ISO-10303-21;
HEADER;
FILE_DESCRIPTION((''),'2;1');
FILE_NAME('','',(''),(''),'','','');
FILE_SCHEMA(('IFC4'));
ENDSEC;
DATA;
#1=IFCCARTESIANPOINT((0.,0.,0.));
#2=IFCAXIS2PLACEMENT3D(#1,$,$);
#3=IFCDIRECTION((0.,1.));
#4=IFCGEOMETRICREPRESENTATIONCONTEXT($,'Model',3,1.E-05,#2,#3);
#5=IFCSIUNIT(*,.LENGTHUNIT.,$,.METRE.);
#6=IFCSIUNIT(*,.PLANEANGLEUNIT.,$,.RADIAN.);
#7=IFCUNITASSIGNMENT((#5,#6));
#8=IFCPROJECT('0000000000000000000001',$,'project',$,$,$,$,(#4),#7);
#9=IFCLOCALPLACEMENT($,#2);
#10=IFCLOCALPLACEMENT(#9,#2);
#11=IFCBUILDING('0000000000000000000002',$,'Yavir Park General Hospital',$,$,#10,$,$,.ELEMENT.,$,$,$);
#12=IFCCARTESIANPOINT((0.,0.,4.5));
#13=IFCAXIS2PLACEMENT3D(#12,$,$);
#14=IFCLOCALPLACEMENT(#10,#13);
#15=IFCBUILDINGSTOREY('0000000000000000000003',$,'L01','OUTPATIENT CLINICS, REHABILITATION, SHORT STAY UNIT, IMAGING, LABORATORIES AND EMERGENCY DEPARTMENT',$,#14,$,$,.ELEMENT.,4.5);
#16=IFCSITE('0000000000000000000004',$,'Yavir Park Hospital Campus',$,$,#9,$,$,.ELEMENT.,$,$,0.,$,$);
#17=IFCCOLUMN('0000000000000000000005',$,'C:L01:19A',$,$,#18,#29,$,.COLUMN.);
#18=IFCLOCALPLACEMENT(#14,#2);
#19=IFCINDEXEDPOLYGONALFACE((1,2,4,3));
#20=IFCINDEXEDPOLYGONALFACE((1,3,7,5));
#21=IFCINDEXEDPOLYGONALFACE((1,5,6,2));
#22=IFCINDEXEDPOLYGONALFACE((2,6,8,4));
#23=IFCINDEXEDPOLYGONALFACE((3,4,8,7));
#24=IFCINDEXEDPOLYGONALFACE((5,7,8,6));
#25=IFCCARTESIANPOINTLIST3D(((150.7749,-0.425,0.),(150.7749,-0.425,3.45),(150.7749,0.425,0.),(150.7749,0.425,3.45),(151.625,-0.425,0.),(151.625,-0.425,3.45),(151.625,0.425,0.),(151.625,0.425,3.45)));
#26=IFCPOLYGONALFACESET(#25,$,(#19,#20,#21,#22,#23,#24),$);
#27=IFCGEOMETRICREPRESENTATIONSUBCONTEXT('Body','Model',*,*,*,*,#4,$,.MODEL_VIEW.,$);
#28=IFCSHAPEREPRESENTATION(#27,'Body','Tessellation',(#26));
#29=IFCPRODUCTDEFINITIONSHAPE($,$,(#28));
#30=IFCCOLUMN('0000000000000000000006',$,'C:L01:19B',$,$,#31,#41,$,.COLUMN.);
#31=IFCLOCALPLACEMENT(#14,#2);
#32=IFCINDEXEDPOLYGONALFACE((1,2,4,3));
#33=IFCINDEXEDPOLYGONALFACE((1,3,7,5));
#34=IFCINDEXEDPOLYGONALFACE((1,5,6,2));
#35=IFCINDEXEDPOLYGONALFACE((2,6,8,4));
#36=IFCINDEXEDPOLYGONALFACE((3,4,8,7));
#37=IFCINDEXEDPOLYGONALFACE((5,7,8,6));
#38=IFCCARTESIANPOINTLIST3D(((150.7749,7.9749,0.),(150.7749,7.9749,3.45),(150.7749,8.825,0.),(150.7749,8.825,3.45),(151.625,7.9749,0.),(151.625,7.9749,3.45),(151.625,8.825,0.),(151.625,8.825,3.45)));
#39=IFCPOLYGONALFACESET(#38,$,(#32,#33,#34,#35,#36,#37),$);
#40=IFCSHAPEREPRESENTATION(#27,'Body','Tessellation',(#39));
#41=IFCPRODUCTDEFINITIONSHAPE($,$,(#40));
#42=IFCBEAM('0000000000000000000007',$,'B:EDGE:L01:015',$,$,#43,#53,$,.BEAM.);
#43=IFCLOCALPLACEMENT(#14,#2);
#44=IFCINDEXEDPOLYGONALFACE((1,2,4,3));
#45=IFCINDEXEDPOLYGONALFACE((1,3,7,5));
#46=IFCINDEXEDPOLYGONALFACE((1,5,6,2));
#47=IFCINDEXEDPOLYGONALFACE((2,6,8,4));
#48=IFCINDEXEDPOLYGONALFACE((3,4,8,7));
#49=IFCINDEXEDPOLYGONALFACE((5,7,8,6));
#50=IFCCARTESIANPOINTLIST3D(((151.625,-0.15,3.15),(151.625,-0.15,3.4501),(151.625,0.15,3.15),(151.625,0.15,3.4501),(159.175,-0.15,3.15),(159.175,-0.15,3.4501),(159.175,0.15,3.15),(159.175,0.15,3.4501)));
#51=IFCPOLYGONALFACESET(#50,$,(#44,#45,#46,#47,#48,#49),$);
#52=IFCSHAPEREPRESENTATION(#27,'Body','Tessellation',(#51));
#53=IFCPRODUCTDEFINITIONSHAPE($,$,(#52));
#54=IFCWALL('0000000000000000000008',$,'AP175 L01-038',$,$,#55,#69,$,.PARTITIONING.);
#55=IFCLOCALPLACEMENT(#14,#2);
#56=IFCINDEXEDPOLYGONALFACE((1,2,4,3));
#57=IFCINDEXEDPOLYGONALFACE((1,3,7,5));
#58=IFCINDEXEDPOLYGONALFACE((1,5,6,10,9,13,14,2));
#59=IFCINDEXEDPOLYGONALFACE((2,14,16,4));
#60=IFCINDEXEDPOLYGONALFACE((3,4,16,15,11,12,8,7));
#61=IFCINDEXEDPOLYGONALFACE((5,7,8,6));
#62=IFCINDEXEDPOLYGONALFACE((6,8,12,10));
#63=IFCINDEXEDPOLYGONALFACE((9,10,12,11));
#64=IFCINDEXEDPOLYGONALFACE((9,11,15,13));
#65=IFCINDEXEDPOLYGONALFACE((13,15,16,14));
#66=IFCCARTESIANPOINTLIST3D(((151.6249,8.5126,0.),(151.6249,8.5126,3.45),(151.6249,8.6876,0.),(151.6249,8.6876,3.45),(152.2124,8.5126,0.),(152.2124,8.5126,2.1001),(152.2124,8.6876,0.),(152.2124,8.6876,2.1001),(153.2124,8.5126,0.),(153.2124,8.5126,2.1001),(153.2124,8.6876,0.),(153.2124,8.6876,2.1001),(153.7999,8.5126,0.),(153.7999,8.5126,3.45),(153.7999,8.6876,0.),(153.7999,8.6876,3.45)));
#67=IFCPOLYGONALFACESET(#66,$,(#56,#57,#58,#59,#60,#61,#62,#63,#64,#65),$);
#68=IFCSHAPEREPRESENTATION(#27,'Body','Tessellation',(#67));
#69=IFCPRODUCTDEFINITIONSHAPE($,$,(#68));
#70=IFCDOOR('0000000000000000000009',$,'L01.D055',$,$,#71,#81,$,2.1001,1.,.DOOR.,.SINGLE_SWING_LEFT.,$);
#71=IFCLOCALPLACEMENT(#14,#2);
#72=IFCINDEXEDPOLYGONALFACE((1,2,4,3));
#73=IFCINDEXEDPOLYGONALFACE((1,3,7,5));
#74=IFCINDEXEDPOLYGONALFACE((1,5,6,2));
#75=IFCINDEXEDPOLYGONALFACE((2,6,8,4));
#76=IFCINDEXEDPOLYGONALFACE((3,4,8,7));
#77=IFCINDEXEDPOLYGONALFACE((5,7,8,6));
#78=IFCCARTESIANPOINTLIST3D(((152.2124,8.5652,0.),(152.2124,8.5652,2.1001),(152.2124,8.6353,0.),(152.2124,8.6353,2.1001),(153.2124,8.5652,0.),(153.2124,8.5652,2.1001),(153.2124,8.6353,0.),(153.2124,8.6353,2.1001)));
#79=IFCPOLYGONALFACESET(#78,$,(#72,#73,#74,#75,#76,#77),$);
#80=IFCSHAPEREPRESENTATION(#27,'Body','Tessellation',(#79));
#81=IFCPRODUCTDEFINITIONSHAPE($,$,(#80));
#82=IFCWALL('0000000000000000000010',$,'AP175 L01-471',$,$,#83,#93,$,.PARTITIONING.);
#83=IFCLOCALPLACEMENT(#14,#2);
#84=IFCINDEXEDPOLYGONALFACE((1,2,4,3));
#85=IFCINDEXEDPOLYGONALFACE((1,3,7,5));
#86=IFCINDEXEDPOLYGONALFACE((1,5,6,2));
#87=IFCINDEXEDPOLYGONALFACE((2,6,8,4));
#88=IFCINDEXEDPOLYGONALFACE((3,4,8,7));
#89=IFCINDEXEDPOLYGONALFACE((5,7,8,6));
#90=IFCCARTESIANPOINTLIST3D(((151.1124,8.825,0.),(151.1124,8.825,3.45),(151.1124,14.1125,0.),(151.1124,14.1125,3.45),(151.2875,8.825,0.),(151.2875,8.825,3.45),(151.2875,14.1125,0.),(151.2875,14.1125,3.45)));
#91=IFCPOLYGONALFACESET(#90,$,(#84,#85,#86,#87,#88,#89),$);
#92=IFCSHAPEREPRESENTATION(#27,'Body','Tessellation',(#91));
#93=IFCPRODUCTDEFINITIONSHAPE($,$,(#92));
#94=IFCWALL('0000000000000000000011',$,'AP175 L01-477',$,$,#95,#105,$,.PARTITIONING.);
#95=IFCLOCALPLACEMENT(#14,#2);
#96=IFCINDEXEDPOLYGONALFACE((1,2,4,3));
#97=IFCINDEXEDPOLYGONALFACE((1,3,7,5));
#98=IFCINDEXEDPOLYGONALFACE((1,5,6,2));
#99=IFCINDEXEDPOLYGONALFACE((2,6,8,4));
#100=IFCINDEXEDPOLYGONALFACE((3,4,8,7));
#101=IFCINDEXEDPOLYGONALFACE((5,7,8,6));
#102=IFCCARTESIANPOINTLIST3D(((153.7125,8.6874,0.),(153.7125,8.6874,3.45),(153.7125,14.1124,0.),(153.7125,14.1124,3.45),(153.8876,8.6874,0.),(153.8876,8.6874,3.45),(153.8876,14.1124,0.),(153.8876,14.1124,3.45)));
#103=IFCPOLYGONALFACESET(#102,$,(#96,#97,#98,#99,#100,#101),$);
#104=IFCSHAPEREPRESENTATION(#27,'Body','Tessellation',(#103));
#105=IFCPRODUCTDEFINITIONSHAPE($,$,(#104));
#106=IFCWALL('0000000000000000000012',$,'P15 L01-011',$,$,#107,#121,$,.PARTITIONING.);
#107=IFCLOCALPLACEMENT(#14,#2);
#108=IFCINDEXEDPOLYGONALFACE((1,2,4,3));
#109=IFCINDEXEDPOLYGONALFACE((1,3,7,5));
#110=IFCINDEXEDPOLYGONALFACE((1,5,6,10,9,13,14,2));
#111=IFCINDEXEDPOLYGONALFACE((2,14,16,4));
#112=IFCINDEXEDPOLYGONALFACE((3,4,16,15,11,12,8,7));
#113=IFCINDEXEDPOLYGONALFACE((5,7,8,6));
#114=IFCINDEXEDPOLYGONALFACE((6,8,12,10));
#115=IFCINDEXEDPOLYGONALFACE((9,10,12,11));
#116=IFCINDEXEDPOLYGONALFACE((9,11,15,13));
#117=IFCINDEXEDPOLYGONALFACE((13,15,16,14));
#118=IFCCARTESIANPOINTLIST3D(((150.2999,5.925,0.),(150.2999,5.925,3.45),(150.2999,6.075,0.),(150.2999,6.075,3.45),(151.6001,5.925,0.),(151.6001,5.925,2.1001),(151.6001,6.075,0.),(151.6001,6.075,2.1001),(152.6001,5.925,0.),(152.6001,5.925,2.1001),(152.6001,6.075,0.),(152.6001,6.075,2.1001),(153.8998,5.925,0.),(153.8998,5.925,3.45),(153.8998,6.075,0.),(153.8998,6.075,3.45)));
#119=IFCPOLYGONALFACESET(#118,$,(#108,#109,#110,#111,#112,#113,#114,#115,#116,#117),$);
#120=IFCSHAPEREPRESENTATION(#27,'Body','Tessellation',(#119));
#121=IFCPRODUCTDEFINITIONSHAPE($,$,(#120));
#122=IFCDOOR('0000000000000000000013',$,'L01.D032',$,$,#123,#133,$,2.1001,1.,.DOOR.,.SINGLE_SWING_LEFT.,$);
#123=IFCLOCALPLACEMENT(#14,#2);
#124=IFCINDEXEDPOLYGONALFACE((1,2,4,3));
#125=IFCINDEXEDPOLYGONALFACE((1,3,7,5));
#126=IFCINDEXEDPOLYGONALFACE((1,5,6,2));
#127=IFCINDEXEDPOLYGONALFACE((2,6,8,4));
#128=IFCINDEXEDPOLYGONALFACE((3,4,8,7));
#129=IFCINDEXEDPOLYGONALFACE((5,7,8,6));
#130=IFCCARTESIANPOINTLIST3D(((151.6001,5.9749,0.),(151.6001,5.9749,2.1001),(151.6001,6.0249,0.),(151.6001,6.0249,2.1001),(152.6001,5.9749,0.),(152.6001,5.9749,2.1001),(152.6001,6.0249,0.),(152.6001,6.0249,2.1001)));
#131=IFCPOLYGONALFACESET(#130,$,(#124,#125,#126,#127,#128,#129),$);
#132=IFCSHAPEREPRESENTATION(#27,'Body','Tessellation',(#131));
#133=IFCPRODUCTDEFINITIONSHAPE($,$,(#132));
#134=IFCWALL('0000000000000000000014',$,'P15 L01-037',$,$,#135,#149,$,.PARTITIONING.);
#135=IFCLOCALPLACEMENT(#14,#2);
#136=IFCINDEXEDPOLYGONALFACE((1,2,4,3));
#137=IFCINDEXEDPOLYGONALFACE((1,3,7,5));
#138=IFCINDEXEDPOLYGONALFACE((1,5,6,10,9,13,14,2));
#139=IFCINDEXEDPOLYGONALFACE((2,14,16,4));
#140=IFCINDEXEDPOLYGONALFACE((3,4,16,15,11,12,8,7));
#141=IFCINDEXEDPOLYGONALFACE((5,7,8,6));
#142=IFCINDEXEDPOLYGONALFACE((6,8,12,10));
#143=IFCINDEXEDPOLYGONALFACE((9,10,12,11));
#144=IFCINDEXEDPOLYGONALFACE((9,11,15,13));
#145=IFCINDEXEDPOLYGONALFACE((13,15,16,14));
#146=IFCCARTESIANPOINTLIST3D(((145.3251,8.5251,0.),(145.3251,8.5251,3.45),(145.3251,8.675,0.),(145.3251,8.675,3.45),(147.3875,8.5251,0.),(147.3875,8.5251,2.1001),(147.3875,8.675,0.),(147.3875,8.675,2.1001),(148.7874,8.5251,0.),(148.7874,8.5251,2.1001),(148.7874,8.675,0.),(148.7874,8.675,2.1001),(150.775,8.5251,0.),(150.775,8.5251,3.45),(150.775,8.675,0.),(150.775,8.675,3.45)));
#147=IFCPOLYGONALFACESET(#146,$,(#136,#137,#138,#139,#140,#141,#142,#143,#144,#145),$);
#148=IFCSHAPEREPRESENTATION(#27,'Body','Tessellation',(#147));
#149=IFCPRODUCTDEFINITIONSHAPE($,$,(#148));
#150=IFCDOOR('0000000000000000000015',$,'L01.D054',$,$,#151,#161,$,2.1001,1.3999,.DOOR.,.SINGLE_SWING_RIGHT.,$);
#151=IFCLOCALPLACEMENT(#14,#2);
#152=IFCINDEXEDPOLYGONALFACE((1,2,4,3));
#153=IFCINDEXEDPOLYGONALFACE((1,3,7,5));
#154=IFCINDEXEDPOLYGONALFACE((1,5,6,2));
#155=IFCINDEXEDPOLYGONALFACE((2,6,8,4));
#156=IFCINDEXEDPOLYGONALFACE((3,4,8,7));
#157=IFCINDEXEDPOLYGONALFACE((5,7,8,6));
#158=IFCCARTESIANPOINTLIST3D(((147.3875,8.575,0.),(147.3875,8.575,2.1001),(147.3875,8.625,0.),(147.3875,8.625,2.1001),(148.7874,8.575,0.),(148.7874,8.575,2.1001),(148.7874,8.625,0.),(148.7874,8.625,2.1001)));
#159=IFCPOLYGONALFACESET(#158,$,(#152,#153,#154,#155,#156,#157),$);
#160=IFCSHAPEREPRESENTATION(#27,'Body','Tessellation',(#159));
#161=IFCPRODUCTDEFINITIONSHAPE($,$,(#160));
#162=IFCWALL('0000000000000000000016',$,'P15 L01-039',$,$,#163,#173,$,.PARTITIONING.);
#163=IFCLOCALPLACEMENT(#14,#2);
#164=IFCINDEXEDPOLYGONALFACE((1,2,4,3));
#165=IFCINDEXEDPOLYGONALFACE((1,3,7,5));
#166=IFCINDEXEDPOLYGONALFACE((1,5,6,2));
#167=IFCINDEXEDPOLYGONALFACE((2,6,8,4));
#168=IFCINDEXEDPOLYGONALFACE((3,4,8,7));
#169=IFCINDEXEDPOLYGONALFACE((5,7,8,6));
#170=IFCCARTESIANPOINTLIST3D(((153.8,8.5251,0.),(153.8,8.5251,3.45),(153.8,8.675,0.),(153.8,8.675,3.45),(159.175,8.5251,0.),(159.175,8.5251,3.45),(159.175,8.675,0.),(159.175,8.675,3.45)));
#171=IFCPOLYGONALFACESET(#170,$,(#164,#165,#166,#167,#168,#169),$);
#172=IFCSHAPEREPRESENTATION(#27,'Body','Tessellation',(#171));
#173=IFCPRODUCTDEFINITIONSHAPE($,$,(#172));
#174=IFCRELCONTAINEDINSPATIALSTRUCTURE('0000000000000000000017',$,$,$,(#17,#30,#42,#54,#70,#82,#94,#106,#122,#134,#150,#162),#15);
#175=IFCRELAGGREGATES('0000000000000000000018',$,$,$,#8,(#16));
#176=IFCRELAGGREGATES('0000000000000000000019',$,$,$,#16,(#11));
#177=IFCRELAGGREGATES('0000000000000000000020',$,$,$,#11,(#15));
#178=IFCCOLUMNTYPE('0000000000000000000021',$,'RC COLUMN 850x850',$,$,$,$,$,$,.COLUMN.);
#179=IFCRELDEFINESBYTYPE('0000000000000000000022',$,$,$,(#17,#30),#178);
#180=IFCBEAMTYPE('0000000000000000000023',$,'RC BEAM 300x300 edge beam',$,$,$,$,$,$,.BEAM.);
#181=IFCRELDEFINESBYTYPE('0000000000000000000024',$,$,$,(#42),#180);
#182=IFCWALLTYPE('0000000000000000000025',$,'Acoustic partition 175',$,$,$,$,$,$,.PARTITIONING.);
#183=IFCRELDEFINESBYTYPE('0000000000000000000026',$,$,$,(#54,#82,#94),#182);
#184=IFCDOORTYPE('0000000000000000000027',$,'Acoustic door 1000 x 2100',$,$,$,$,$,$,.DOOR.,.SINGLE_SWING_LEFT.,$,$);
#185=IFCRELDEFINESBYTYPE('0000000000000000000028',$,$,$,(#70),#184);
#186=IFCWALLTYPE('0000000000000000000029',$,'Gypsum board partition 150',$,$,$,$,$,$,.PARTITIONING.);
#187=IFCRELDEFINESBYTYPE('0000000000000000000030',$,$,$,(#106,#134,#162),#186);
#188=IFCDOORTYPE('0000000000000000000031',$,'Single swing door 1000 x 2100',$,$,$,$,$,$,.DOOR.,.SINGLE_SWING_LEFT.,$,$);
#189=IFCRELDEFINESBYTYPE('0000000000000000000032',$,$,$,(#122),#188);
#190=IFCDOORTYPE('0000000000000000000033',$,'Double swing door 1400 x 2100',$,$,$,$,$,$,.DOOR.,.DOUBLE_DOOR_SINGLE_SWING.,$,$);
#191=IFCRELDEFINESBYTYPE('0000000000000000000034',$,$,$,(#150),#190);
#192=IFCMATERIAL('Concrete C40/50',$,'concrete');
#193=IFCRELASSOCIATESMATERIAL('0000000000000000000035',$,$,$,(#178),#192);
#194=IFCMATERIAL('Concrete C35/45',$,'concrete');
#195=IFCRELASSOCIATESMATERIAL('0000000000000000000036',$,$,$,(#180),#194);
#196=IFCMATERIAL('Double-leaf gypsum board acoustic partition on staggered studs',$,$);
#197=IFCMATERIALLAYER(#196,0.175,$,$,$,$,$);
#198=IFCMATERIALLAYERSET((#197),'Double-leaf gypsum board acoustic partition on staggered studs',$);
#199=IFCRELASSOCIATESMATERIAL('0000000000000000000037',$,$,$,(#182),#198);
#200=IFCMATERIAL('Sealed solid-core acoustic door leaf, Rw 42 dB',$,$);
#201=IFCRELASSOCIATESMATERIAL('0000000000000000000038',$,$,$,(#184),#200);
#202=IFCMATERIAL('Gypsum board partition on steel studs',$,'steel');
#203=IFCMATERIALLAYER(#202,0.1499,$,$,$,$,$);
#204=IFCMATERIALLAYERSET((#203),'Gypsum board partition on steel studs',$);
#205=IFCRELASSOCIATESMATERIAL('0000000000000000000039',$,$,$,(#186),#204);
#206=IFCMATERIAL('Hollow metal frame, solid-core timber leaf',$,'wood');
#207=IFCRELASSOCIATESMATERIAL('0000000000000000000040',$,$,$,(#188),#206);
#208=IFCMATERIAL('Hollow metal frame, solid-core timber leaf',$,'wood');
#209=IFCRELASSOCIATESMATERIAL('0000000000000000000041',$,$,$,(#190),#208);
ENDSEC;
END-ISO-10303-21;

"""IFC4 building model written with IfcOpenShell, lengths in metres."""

from ifc_helpers import new_model, si_unit, direction, frame, frame_2d, origin, origin_2d, place, context, subcontext, project, spatial, rectangle, extrude, material, layer, layer_set, material_profile, profile_set, type_object, element, fill, save


model = new_model("IFC4")

# Units and contexts
model_context = context("Model", 3, precision=1e-05, world=origin(), true_north=direction((0.0, 1.0)))
body_context = subcontext(model_context, "Body", "Model", "MODEL_VIEW")
ifc_project = project(units=[si_unit("LENGTHUNIT", "METRE"), si_unit("PLANEANGLEUNIT", "RADIAN")], contexts=[model_context])

# Site, building, storey
site_placement = place(None, origin())
site = spatial("IfcSite", under=ifc_project, at=site_placement, Name="Yavir Park Hospital Campus", CompositionType="ELEMENT", RefElevation=0.0)
building_placement = place(site_placement, origin())
building = spatial("IfcBuilding", under=site, at=building_placement, Name="Yavir Park General Hospital", CompositionType="ELEMENT")
storey_placement = place(building_placement, frame((0.0, 0.0, 4.5)))
storey = spatial("IfcBuildingStorey", under=building, at=storey_placement, Name="L01", Description="OUTPATIENT CLINICS, REHABILITATION, SHORT STAY UNIT, IMAGING, LABORATORIES AND EMERGENCY DEPARTMENT", CompositionType="ELEMENT", Elevation=4.5)

# Columns
ifc_material_1 = material(Name="Concrete C40/50", Category="concrete")
ifc_material_profile_1 = material_profile(ifc_material_1, rectangle(XDim=0.8501, YDim=0.8501, at=origin_2d()), Name="RC850x850")
ifc_profile_set_1 = profile_set([ifc_material_profile_1], Name="Concrete C40/50")
column_type = type_object("IfcColumnType", Name="RC COLUMN 850x850", PredefinedType="COLUMN", material=ifc_profile_set_1)
for number, where, z_axis, x_axis, name in (
    (1, (151.2, 0.0, 0.0), (0.0, 0.0, 1.0), (1.0, 0.0, 0.0), "C:L01:19A"),
    (2, (151.2, 8.3999, 0.0), (0.0, 0.0, 1.0), (1.0, 0.0, 0.0), "C:L01:19B"),
):
    element("IfcColumn", number, at=place(storey_placement, frame(where, z_axis=z_axis, x_axis=x_axis)), inside=storey, type_object=column_type, Name=name, PredefinedType="COLUMN", context=body_context, shape_type="SweptSolid", body=[
        extrude(rectangle(XDim=0.8501, YDim=0.8501, at=origin_2d()), origin(), (0.0, 0.0, 1.0), 3.45),
    ])

# Beam
ifc_material_2 = material(Name="Concrete C35/45", Category="concrete")
ifc_material_profile_2 = material_profile(ifc_material_2, rectangle(XDim=0.3, YDim=0.3, at=origin_2d()), Name="RC300x300")
ifc_profile_set_2 = profile_set([ifc_material_profile_2], Name="Concrete C35/45")
beam_type = type_object("IfcBeamType", Name="RC BEAM 300x300 edge beam", PredefinedType="BEAM", material=ifc_profile_set_2)
beam_placement = place(storey_placement, frame((151.625, 0.0, 3.3), z_axis=(1.0, 0.0, 0.0), x_axis=(0.0, 1.0, 0.0)))
element("IfcBeam", 3, at=beam_placement, inside=storey, type_object=beam_type, Name="B:EDGE:L01:015", PredefinedType="BEAM", context=body_context, shape_type="SweptSolid", body=[
    extrude(rectangle(XDim=0.3, YDim=0.3, at=origin_2d()), origin(), (0.0, 0.0, 1.0), 7.55),
])

# Wall, opening, door
ifc_material_3 = material(Name="Double-leaf gypsum board acoustic partition on staggered studs")
ifc_layer_1 = layer(ifc_material_3, 0.175)
ifc_layer_set_1 = layer_set([ifc_layer_1], Name="Double-leaf gypsum board acoustic partition on staggered studs")
wall_type_1 = type_object("IfcWallType", Name="Acoustic partition 175", PredefinedType="PARTITIONING", material=ifc_layer_set_1)
wall_1_placement = place(storey_placement, frame((151.625, 8.6001, 0.0), z_axis=(0.0, 0.0, 1.0), x_axis=(1.0, 0.0, 0.0)))
wall_1 = element("IfcWall", 4, at=wall_1_placement, inside=storey, type_object=wall_type_1, Name="AP175 L01-038", PredefinedType="PARTITIONING", context=body_context, shape_type="SweptSolid", body=[
    extrude(rectangle(XDim=2.175, YDim=0.175, at=frame_2d((1.0874, 0.0))), origin(), (0.0, 0.0, 1.0), 3.45),
])
opening_1_placement = place(wall_1_placement, frame((0.5874, 0.0, 0.0)))
opening_1 = element("IfcOpeningElement", 5, at=opening_1_placement, cuts=wall_1, PredefinedType="OPENING", context=body_context, shape_type="SweptSolid", body=[
    extrude(rectangle(XDim=1.0, YDim=2.1001, at=frame_2d((0.5, 1.05))), frame((0.0, 0.0974, 0.0), z_axis=(0.0, -1.0, 0.0), x_axis=(1.0, 0.0, 0.0)), (0.0, 0.0, 1.0), 0.1951),
])
ifc_material_4 = material(Name="Sealed solid-core acoustic door leaf, Rw 42 dB")
door_type_1 = type_object("IfcDoorType", Name="Acoustic door 1000 x 2100", OperationType="SINGLE_SWING_LEFT", PredefinedType="DOOR", material=ifc_material_4)
door_1_placement = place(opening_1_placement, origin())
door_1 = element("IfcDoor", 6, at=door_1_placement, inside=storey, type_object=door_type_1, Name="L01.D055", OperationType="SINGLE_SWING_LEFT", OverallHeight=2.1001, OverallWidth=1.0, PredefinedType="DOOR", context=body_context, shape_type="SweptSolid", body=[
    extrude(rectangle(XDim=1.0, YDim=2.1001, at=frame_2d((0.5, 1.05))), frame((0.0, 0.0352, 0.0), z_axis=(0.0, -1.0, 0.0), x_axis=(1.0, 0.0, 0.0)), (0.0, 0.0, 1.0), 0.0701),
])
fill(opening_1, door_1)

# Walls
wall_2_placement = place(storey_placement, frame((151.2, 8.825, 0.0), z_axis=(0.0, 0.0, 1.0), x_axis=(0.0, 1.0, 0.0)))
element("IfcWall", 7, at=wall_2_placement, inside=storey, type_object=wall_type_1, Name="AP175 L01-471", PredefinedType="PARTITIONING", context=body_context, shape_type="SweptSolid", body=[
    extrude(rectangle(XDim=5.2876, YDim=0.175, at=frame_2d((2.6438, 0.0))), origin(), (0.0, 0.0, 1.0), 3.45),
])
wall_3_placement = place(storey_placement, frame((153.8, 8.6875, 0.0), z_axis=(0.0, 0.0, 1.0), x_axis=(0.0, 1.0, 0.0)))
element("IfcWall", 8, at=wall_3_placement, inside=storey, type_object=wall_type_1, Name="AP175 L01-477", PredefinedType="PARTITIONING", context=body_context, shape_type="SweptSolid", body=[
    extrude(rectangle(XDim=5.425, YDim=0.175, at=frame_2d((2.7124, 0.0))), origin(), (0.0, 0.0, 1.0), 3.45),
])

# Walls, openings, doors
ifc_material_5 = material(Name="Gypsum board partition on steel studs", Category="steel")
ifc_layer_2 = layer(ifc_material_5, 0.1499)
ifc_layer_set_2 = layer_set([ifc_layer_2], Name="Gypsum board partition on steel studs")
wall_type_2 = type_object("IfcWallType", Name="Gypsum board partition 150", PredefinedType="PARTITIONING", material=ifc_layer_set_2)
wall_4_placement = place(storey_placement, frame((150.3, 6.0, 0.0), z_axis=(0.0, 0.0, 1.0), x_axis=(1.0, 0.0, 0.0)))
wall_4 = element("IfcWall", 9, at=wall_4_placement, inside=storey, type_object=wall_type_2, Name="P15 L01-011", PredefinedType="PARTITIONING", context=body_context, shape_type="SweptSolid", body=[
    extrude(rectangle(XDim=3.5999, YDim=0.1499, at=frame_2d((1.7998, 0.0))), origin(), (0.0, 0.0, 1.0), 3.45),
])
opening_2_placement = place(wall_4_placement, frame((1.3, 0.0, 0.0)))
opening_2 = element("IfcOpeningElement", 10, at=opening_2_placement, cuts=wall_4, PredefinedType="OPENING", context=body_context, shape_type="SweptSolid", body=[
    extrude(rectangle(XDim=1.0, YDim=2.1001, at=frame_2d((0.5, 1.05))), frame((0.0, 0.085, 0.0), z_axis=(0.0, -1.0, 0.0), x_axis=(1.0, 0.0, 0.0)), (0.0, 0.0, 1.0), 0.1699),
])
ifc_material_6 = material(Name="Hollow metal frame, solid-core timber leaf", Category="wood")
door_type_2 = type_object("IfcDoorType", Name="Single swing door 1000 x 2100", OperationType="SINGLE_SWING_LEFT", PredefinedType="DOOR", material=ifc_material_6)
door_2_placement = place(opening_2_placement, origin())
door_2 = element("IfcDoor", 11, at=door_2_placement, inside=storey, type_object=door_type_2, Name="L01.D032", OperationType="SINGLE_SWING_LEFT", OverallHeight=2.1001, OverallWidth=1.0, PredefinedType="DOOR", context=body_context, shape_type="SweptSolid", body=[
    extrude(rectangle(XDim=1.0, YDim=2.1001, at=frame_2d((0.5, 1.05))), frame((0.0, 0.0249, 0.0), z_axis=(0.0, -1.0, 0.0), x_axis=(1.0, 0.0, 0.0)), (0.0, 0.0, 1.0), 0.05),
])
fill(opening_2, door_2)
wall_5_placement = place(storey_placement, frame((145.325, 8.6001, 0.0), z_axis=(0.0, 0.0, 1.0), x_axis=(1.0, 0.0, 0.0)))
wall_5 = element("IfcWall", 12, at=wall_5_placement, inside=storey, type_object=wall_type_2, Name="P15 L01-037", PredefinedType="PARTITIONING", context=body_context, shape_type="SweptSolid", body=[
    extrude(rectangle(XDim=5.45, YDim=0.1499, at=frame_2d((2.7251, 0.0))), origin(), (0.0, 0.0, 1.0), 3.45),
])
opening_3_placement = place(wall_5_placement, frame((2.0625, 0.0, 0.0)))
opening_3 = element("IfcOpeningElement", 13, at=opening_3_placement, cuts=wall_5, PredefinedType="OPENING", context=body_context, shape_type="SweptSolid", body=[
    extrude(rectangle(XDim=1.3999, YDim=2.1001, at=frame_2d((0.7, 1.05))), frame((0.0, 0.085, 0.0), z_axis=(0.0, -1.0, 0.0), x_axis=(1.0, 0.0, 0.0)), (0.0, 0.0, 1.0), 0.1699),
])
ifc_material_7 = material(Name="Hollow metal frame, solid-core timber leaf", Category="wood")
door_type_3 = type_object("IfcDoorType", Name="Double swing door 1400 x 2100", OperationType="DOUBLE_DOOR_SINGLE_SWING", PredefinedType="DOOR", material=ifc_material_7)
door_3_placement = place(opening_3_placement, origin())
door_3 = element("IfcDoor", 14, at=door_3_placement, inside=storey, type_object=door_type_3, Name="L01.D054", OperationType="SINGLE_SWING_RIGHT", OverallHeight=2.1001, OverallWidth=1.3999, PredefinedType="DOOR", context=body_context, shape_type="SweptSolid", body=[
    extrude(rectangle(XDim=1.3999, YDim=2.1001, at=frame_2d((0.7, 1.05))), frame((0.0, 0.0249, 0.0), z_axis=(0.0, -1.0, 0.0), x_axis=(1.0, 0.0, 0.0)), (0.0, 0.0, 1.0), 0.05),
])
fill(opening_3, door_3)

# Wall
wall_6_placement = place(storey_placement, frame((153.8, 8.6001, 0.0), z_axis=(0.0, 0.0, 1.0), x_axis=(1.0, 0.0, 0.0)))
element("IfcWall", 15, at=wall_6_placement, inside=storey, type_object=wall_type_2, Name="P15 L01-039", PredefinedType="PARTITIONING", context=body_context, shape_type="SweptSolid", body=[
    extrude(rectangle(XDim=5.375, YDim=0.1499, at=frame_2d((2.6875, 0.0))), origin(), (0.0, 0.0, 1.0), 3.45),
])

save(model, "model.ifc")
